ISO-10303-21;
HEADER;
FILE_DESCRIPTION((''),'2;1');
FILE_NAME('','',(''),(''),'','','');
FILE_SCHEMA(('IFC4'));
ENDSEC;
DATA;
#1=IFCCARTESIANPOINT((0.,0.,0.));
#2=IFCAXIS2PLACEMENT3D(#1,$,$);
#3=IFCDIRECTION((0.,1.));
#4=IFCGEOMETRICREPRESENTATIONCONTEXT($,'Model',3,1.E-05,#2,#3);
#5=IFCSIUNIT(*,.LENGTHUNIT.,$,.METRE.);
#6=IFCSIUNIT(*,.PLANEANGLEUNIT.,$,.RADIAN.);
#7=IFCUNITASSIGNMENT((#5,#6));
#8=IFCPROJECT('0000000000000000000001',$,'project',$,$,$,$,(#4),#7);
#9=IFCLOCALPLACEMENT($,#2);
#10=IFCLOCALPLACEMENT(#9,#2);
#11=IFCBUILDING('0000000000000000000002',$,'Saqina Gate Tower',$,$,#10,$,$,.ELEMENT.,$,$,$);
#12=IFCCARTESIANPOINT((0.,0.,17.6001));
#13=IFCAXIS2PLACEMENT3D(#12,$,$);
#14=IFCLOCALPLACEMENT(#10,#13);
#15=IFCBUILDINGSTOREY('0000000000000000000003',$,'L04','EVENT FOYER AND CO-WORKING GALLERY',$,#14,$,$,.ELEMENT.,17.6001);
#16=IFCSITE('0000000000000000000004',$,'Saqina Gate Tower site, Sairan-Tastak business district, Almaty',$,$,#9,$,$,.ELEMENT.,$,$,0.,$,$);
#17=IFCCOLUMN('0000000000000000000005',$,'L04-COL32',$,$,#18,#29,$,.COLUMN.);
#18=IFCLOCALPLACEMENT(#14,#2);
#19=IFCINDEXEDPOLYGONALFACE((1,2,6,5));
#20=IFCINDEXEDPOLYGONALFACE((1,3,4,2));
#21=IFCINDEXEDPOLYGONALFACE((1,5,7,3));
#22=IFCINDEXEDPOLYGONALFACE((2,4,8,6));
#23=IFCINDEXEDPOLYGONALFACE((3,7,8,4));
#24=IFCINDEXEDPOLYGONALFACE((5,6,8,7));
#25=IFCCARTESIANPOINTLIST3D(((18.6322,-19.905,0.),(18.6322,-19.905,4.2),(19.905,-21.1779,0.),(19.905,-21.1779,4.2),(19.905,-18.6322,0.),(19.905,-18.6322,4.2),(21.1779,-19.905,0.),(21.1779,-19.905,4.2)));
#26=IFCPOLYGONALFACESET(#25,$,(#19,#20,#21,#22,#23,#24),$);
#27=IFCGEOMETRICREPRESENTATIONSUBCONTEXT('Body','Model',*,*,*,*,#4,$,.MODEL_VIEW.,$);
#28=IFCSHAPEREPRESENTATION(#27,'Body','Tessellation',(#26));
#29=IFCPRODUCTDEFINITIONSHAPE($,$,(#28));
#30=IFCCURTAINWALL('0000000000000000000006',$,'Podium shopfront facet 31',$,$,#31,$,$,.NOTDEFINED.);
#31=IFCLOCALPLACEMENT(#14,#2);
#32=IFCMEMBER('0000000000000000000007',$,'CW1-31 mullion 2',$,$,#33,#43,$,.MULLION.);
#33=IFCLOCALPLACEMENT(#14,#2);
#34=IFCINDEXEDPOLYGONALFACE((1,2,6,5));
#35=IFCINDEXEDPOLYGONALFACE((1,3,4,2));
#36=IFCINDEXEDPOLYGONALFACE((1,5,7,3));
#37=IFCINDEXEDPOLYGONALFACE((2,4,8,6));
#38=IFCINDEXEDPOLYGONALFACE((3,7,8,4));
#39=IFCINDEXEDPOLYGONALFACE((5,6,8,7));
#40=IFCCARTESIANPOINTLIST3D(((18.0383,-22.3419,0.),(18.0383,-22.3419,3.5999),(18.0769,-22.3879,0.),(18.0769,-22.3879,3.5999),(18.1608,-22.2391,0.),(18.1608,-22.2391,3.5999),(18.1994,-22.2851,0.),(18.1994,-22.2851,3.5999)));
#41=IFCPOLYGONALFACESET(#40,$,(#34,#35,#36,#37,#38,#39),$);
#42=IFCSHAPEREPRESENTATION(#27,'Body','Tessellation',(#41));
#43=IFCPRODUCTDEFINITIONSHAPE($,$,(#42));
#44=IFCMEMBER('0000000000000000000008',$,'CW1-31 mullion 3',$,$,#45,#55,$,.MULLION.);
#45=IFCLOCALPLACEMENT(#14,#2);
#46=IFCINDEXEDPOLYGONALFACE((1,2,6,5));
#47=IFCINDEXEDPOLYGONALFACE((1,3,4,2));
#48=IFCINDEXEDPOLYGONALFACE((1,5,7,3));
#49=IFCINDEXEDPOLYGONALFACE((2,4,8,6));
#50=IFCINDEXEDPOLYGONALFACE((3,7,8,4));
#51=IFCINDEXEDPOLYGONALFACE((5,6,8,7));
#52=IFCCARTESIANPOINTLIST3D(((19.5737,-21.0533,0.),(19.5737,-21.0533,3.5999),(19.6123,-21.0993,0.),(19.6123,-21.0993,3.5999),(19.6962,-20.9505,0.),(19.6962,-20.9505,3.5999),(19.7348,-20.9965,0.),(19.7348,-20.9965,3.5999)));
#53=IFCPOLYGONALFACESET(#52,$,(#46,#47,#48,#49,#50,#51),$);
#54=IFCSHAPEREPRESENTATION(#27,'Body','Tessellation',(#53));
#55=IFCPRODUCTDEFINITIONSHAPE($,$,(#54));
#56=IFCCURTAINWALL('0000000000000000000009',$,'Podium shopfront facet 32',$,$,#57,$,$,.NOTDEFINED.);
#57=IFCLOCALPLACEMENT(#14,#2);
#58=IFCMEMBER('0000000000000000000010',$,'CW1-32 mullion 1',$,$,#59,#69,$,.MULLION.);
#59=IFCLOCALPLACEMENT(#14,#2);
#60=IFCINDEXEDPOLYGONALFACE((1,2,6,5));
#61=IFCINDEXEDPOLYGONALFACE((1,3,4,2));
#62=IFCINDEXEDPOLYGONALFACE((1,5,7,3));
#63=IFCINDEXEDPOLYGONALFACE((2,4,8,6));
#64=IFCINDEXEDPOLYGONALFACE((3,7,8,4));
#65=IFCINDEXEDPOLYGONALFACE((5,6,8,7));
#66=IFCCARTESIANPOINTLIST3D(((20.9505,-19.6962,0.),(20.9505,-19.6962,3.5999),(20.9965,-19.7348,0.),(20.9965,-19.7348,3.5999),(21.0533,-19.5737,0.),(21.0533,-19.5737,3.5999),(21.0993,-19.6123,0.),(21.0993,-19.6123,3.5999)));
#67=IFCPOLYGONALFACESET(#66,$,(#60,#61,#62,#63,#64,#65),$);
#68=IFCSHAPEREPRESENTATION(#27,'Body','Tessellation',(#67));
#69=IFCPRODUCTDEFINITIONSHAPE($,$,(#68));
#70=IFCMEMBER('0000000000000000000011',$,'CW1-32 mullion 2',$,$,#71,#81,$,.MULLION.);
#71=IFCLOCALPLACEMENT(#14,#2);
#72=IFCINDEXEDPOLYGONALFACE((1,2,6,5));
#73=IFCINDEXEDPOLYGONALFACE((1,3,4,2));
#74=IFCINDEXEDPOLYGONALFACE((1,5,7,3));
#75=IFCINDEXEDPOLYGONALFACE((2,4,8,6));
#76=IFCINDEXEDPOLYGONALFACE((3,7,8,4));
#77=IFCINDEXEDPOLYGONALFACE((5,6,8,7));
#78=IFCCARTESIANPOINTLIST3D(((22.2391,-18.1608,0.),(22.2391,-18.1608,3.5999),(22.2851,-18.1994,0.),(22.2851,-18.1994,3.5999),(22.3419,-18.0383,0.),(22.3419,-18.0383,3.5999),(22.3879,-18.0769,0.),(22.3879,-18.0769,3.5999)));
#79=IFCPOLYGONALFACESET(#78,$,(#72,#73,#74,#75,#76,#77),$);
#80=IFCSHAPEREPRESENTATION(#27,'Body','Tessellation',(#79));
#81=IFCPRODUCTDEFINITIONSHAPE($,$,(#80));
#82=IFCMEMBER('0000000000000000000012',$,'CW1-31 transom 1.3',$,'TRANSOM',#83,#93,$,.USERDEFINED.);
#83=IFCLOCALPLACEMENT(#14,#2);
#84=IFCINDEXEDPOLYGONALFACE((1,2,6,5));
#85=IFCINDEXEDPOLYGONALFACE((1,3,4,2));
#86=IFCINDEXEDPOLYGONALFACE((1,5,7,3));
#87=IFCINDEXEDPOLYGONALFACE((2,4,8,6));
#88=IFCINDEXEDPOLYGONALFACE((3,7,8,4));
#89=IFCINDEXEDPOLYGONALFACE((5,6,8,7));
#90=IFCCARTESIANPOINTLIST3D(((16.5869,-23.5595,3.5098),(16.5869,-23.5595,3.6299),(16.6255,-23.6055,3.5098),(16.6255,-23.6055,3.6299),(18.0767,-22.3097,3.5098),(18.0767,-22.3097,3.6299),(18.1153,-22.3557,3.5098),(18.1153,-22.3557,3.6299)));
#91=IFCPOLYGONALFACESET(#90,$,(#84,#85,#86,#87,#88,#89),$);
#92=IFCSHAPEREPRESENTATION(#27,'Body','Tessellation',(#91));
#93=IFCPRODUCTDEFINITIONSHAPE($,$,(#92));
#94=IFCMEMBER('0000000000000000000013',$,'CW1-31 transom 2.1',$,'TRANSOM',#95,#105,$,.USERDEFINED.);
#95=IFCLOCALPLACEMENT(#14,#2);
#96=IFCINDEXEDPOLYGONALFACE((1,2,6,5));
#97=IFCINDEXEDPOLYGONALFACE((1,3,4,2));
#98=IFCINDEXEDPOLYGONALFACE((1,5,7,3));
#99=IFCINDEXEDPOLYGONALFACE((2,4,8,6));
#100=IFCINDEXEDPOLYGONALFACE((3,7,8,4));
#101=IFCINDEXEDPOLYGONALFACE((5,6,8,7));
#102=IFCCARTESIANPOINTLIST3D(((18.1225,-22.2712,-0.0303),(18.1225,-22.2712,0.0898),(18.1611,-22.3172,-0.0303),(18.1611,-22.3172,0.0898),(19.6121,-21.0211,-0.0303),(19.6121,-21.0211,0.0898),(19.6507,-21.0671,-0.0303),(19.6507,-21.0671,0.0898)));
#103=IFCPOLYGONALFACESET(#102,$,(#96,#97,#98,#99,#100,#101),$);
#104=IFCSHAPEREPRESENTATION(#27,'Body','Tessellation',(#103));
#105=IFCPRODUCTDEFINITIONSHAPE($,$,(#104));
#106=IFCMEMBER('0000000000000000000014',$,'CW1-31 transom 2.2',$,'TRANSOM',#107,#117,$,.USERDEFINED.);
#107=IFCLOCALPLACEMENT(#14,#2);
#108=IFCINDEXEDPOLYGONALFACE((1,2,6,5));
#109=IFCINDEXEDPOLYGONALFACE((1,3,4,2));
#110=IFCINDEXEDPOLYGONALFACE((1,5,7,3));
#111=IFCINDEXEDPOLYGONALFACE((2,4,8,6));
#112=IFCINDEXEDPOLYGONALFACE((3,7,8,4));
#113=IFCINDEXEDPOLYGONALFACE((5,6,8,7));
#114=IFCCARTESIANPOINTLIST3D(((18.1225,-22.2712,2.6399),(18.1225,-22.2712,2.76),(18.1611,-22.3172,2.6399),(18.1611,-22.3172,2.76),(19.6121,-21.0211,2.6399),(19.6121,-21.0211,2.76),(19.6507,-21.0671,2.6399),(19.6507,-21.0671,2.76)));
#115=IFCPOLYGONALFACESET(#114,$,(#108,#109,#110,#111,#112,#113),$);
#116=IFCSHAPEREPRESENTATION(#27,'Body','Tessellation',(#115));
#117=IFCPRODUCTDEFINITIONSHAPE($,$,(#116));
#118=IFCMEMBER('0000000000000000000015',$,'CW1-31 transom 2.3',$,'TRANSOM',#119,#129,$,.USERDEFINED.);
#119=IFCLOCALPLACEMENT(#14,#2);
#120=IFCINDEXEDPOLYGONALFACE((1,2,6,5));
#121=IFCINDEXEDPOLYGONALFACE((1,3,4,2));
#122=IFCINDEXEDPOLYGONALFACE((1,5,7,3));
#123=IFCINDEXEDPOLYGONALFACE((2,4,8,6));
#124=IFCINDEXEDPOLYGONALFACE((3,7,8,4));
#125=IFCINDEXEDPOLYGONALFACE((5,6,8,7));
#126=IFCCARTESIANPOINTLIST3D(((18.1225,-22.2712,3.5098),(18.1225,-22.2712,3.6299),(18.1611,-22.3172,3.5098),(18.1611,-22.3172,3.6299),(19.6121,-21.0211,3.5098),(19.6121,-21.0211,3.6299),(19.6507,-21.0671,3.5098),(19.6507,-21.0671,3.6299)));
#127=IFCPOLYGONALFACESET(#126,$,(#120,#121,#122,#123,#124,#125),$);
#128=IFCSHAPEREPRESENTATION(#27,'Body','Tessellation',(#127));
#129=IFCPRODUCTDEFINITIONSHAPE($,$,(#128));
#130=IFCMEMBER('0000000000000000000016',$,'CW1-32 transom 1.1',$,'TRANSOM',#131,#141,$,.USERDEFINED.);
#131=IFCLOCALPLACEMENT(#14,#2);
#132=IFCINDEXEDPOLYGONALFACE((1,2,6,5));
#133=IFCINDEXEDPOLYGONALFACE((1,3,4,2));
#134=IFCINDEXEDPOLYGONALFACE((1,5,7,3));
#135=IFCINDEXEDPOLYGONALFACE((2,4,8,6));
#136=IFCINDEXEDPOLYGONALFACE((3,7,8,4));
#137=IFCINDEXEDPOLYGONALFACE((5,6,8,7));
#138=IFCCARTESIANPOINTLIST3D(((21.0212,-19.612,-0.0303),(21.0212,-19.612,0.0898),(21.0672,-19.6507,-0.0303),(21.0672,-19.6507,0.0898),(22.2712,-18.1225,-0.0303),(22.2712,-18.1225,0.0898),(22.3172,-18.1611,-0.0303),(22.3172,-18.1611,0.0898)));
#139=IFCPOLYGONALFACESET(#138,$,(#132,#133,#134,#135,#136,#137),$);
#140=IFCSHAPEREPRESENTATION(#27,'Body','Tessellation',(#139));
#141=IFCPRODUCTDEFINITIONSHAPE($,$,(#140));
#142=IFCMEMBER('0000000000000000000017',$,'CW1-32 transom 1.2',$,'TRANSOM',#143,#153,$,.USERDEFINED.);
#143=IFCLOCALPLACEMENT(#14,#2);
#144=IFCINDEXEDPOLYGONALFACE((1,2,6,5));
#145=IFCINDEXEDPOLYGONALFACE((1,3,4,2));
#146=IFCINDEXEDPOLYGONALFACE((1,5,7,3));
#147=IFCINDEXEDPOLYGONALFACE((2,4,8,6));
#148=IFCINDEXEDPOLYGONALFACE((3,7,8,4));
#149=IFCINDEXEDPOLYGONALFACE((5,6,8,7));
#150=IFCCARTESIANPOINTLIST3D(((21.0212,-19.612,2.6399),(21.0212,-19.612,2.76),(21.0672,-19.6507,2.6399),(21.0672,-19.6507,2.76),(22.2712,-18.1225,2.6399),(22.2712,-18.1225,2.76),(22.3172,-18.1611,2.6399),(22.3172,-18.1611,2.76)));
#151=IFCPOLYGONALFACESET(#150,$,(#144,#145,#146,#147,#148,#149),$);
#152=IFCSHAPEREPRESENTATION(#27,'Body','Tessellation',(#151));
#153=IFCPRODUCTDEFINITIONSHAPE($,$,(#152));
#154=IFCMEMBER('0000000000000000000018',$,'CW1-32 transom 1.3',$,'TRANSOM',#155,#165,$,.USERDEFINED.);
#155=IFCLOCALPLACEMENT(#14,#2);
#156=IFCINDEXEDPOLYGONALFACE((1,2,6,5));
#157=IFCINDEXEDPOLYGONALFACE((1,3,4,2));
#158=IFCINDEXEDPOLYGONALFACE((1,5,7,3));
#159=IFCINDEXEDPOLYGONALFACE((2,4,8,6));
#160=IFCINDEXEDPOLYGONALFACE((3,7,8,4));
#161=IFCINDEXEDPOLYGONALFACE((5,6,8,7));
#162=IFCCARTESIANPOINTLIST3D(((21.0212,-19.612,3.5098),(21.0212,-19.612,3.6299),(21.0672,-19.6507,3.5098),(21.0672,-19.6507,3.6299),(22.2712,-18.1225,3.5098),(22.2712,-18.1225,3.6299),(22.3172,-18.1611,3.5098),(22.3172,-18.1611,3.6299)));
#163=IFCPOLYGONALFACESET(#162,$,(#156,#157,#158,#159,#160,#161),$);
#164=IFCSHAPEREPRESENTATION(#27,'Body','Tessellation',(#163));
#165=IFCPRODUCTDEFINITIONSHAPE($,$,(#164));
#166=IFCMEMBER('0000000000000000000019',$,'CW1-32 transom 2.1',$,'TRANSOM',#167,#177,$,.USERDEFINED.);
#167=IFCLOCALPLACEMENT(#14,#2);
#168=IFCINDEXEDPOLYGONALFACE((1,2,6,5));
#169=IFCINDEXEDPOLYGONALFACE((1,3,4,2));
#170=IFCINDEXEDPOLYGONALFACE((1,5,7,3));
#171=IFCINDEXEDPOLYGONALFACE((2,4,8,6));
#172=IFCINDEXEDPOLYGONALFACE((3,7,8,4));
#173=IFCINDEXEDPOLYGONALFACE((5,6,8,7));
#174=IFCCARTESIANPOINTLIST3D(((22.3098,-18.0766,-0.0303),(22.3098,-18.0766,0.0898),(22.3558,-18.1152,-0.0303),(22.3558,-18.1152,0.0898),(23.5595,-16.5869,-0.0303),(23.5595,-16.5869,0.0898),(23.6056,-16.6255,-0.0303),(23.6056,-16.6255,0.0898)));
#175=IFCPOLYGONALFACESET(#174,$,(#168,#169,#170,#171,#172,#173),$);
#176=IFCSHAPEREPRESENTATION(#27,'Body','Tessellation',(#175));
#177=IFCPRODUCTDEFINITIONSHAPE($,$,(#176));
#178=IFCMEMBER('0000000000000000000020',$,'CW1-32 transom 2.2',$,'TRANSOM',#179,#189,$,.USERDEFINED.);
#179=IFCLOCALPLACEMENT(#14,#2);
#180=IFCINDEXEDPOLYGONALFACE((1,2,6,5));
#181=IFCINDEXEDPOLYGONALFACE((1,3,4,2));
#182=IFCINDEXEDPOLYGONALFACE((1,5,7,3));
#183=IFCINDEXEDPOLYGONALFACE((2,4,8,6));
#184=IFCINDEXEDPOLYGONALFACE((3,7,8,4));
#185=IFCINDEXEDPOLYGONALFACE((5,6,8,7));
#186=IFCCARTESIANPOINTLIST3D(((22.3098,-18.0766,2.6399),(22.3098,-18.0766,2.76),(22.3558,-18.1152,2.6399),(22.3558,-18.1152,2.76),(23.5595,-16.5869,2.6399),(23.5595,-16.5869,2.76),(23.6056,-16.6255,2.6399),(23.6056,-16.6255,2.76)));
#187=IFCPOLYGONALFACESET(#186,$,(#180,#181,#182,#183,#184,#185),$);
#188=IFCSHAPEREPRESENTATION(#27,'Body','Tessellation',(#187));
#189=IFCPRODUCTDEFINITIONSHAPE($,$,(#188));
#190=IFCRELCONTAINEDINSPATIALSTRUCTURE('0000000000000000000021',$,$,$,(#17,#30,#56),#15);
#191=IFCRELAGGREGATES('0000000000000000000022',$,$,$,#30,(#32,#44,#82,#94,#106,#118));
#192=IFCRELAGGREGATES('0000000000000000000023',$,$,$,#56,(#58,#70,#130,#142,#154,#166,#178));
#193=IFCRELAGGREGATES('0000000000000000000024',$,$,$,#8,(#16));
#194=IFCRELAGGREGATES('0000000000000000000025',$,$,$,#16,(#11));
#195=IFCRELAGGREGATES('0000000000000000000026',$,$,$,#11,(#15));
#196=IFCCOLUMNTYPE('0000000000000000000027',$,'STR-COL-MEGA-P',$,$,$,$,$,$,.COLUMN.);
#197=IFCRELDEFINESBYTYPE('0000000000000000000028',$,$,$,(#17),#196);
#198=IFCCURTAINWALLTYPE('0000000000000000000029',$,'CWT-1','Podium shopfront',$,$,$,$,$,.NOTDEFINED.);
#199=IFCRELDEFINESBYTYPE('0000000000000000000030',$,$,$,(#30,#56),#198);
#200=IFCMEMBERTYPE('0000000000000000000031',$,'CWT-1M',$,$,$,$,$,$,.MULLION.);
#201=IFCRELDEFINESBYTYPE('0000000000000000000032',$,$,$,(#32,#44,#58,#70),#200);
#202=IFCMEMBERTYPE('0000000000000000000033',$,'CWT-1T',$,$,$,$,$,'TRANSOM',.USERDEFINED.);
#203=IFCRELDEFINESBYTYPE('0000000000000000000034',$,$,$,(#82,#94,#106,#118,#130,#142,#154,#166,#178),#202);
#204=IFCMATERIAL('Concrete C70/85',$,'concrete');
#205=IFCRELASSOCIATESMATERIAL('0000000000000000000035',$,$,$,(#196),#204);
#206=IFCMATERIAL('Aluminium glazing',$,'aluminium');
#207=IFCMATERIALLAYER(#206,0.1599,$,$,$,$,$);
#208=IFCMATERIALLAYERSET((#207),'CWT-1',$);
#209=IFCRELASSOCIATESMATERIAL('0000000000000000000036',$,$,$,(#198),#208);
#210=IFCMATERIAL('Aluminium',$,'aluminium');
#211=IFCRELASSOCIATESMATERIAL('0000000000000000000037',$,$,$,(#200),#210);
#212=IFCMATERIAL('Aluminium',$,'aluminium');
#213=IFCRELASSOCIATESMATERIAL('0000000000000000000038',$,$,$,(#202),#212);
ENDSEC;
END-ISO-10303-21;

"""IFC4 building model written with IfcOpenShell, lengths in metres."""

from ifc_helpers import new_model, si_unit, direction, frame, origin, origin_2d, place, context, subcontext, project, spatial, rectangle, extrude, material, layer, layer_set, material_profile, profile_set, type_object, element, aggregate, save


model = new_model("IFC4")

# Units and contexts
model_context = context("Model", 3, precision=1e-05, world=origin(), true_north=direction((0.0, 1.0)))
body_context = subcontext(model_context, "Body", "Model", "MODEL_VIEW")
ifc_project = project(units=[si_unit("LENGTHUNIT", "METRE"), si_unit("PLANEANGLEUNIT", "RADIAN")], contexts=[model_context])

# Site, building, storey
site_placement = place(None, origin())
site = spatial("IfcSite", under=ifc_project, at=site_placement, Name="Saqina Gate Tower site, Sairan-Tastak business district, Almaty", CompositionType="ELEMENT", RefElevation=0.0)
building_placement = place(site_placement, origin())
building = spatial("IfcBuilding", under=site, at=building_placement, Name="Saqina Gate Tower", CompositionType="ELEMENT")
storey_placement = place(building_placement, frame((0.0, 0.0, 17.6001)))
storey = spatial("IfcBuildingStorey", under=building, at=storey_placement, Name="L04", Description="EVENT FOYER AND CO-WORKING GALLERY", CompositionType="ELEMENT", Elevation=17.6001)

# Column
ifc_material_1 = material(Name="Concrete C70/85", Category="concrete")
ifc_material_profile_1 = material_profile(ifc_material_1, rectangle(XDim=1.8, YDim=1.8, at=origin_2d()), Name="RC 1800x1800")
ifc_profile_set_1 = profile_set([ifc_material_profile_1], Name="Concrete C70/85")
column_type = type_object("IfcColumnType", Name="STR-COL-MEGA-P", PredefinedType="COLUMN", material=ifc_profile_set_1)
column_placement = place(storey_placement, frame((19.905, -19.905, 0.0), z_axis=(0.0, 0.0, 1.0), x_axis=(0.707107, -0.707107, 0.0)))
element("IfcColumn", 1, at=column_placement, inside=storey, type_object=column_type, Name="L04-COL32", PredefinedType="COLUMN", context=body_context, shape_type="SweptSolid", body=[
    extrude(rectangle(XDim=1.8, YDim=1.8, at=origin_2d()), origin(), (0.0, 0.0, 1.0), 4.2),
])

# Curtain walls, members
ifc_material_2 = material(Name="Aluminium glazing", Category="aluminium")
ifc_layer_1 = layer(ifc_material_2, 0.1599)
ifc_layer_set_1 = layer_set([ifc_layer_1], Name="CWT-1")
curtain_wall_type = type_object("IfcCurtainWallType", Name="CWT-1", Description="Podium shopfront", PredefinedType="NOTDEFINED", material=ifc_layer_set_1)
curtain_wall_1_placement = place(storey_placement, origin())
curtain_wall_1 = element("IfcCurtainWall", 2, at=curtain_wall_1_placement, inside=storey, type_object=curtain_wall_type, Name="Podium shopfront facet 31", PredefinedType="NOTDEFINED")
ifc_material_3 = material(Name="Aluminium", Category="aluminium")
ifc_material_profile_2 = material_profile(ifc_material_3, rectangle(XDim=0.0601, YDim=0.1599, at=origin_2d()), Name="Aluminium 60x160")
ifc_profile_set_2 = profile_set([ifc_material_profile_2], Name="Aluminium")
member_type_1 = type_object("IfcMemberType", Name="CWT-1M", PredefinedType="MULLION", material=ifc_profile_set_2)
member_1_placement = place(storey_placement, frame((18.1189, -22.3135, 0.0), z_axis=(0.0, 0.0, 1.0), x_axis=(-0.642779, 0.766051, 0.0)))
member_1 = element("IfcMember", 3, at=member_1_placement, type_object=member_type_1, Name="CW1-31 mullion 2", PredefinedType="MULLION", context=body_context, shape_type="SweptSolid", body=[
    extrude(rectangle(XDim=0.0601, YDim=0.1599, at=origin_2d()), origin(), (0.0, 0.0, 1.0), 3.5999),
])
member_2_placement = place(storey_placement, frame((19.6543, -21.0249, 0.0), z_axis=(0.0, 0.0, 1.0), x_axis=(-0.642779, 0.766051, 0.0)))
member_2 = element("IfcMember", 4, at=member_2_placement, type_object=member_type_1, Name="CW1-31 mullion 3", PredefinedType="MULLION", context=body_context, shape_type="SweptSolid", body=[
    extrude(rectangle(XDim=0.0601, YDim=0.1599, at=origin_2d()), origin(), (0.0, 0.0, 1.0), 3.5999),
])
curtain_wall_2_placement = place(storey_placement, origin())
curtain_wall_2 = element("IfcCurtainWall", 5, at=curtain_wall_2_placement, inside=storey, type_object=curtain_wall_type, Name="Podium shopfront facet 32", PredefinedType="NOTDEFINED")
member_3_placement = place(storey_placement, frame((21.0249, -19.6543, 0.0), z_axis=(0.0, 0.0, 1.0), x_axis=(-0.766051, 0.642779, 0.0)))
member_3 = element("IfcMember", 6, at=member_3_placement, type_object=member_type_1, Name="CW1-32 mullion 1", PredefinedType="MULLION", context=body_context, shape_type="SweptSolid", body=[
    extrude(rectangle(XDim=0.0601, YDim=0.1599, at=origin_2d()), origin(), (0.0, 0.0, 1.0), 3.5999),
])
member_4_placement = place(storey_placement, frame((22.3135, -18.1189, 0.0), z_axis=(0.0, 0.0, 1.0), x_axis=(-0.766051, 0.642779, 0.0)))
member_4 = element("IfcMember", 7, at=member_4_placement, type_object=member_type_1, Name="CW1-32 mullion 2", PredefinedType="MULLION", context=body_context, shape_type="SweptSolid", body=[
    extrude(rectangle(XDim=0.0601, YDim=0.1599, at=origin_2d()), origin(), (0.0, 0.0, 1.0), 3.5999),
])

# Members
ifc_material_4 = material(Name="Aluminium", Category="aluminium")
ifc_material_profile_3 = material_profile(ifc_material_4, rectangle(XDim=0.0601, YDim=0.1201, at=origin_2d()), Name="Aluminium 60x120")
ifc_profile_set_3 = profile_set([ifc_material_profile_3], Name="Aluminium")
member_type_2 = type_object("IfcMemberType", Name="CWT-1T", ElementType="TRANSOM", PredefinedType="USERDEFINED", material=ifc_profile_set_3)
member_5_placement = place(storey_placement, frame((16.6062, -23.5825, 3.5698), z_axis=(0.766118, 0.6427, 0.0), x_axis=(-0.6427, 0.766118, 0.0)))
member_5 = element("IfcMember", 8, at=member_5_placement, type_object=member_type_2, Name="CW1-31 transom 1.3", ObjectType="TRANSOM", PredefinedType="USERDEFINED", context=body_context, shape_type="SweptSolid", body=[
    extrude(rectangle(XDim=0.0601, YDim=0.1201, at=origin_2d()), origin(), (0.0, 0.0, 1.0), 1.9446),
])
member_6_placement = place(storey_placement, frame((18.1418, -22.2942, 0.0298), z_axis=(0.766004, 0.642836, 0.0), x_axis=(-0.642836, 0.766004, 0.0)))
member_6 = element("IfcMember", 9, at=member_6_placement, type_object=member_type_2, Name="CW1-31 transom 2.1", ObjectType="TRANSOM", PredefinedType="USERDEFINED", context=body_context, shape_type="SweptSolid", body=[
    extrude(rectangle(XDim=0.0601, YDim=0.1201, at=origin_2d()), origin(), (0.0, 0.0, 1.0), 1.9446),
])
member_7_placement = place(storey_placement, frame((18.1418, -22.2942, 2.7), z_axis=(0.766004, 0.642836, 0.0), x_axis=(-0.642836, 0.766004, 0.0)))
member_7 = element("IfcMember", 10, at=member_7_placement, type_object=member_type_2, Name="CW1-31 transom 2.2", ObjectType="TRANSOM", PredefinedType="USERDEFINED", context=body_context, shape_type="SweptSolid", body=[
    extrude(rectangle(XDim=0.0601, YDim=0.1201, at=origin_2d()), origin(), (0.0, 0.0, 1.0), 1.9446),
])
member_8_placement = place(storey_placement, frame((18.1418, -22.2942, 3.5698), z_axis=(0.766004, 0.642836, 0.0), x_axis=(-0.642836, 0.766004, 0.0)))
member_8 = element("IfcMember", 11, at=member_8_placement, type_object=member_type_2, Name="CW1-31 transom 2.3", ObjectType="TRANSOM", PredefinedType="USERDEFINED", context=body_context, shape_type="SweptSolid", body=[
    extrude(rectangle(XDim=0.0601, YDim=0.1201, at=origin_2d()), origin(), (0.0, 0.0, 1.0), 1.9446),
])
member_9_placement = place(storey_placement, frame((21.0442, -19.6313, 0.0298), z_axis=(0.642836, 0.766004, 0.0), x_axis=(-0.766004, 0.642836, 0.0)))
member_9 = element("IfcMember", 12, at=member_9_placement, type_object=member_type_2, Name="CW1-32 transom 1.1", ObjectType="TRANSOM", PredefinedType="USERDEFINED", context=body_context, shape_type="SweptSolid", body=[
    extrude(rectangle(XDim=0.0601, YDim=0.1201, at=origin_2d()), origin(), (0.0, 0.0, 1.0), 1.9446),
])
member_10_placement = place(storey_placement, frame((21.0442, -19.6313, 2.7), z_axis=(0.642836, 0.766004, 0.0), x_axis=(-0.766004, 0.642836, 0.0)))
member_10 = element("IfcMember", 13, at=member_10_placement, type_object=member_type_2, Name="CW1-32 transom 1.2", ObjectType="TRANSOM", PredefinedType="USERDEFINED", context=body_context, shape_type="SweptSolid", body=[
    extrude(rectangle(XDim=0.0601, YDim=0.1201, at=origin_2d()), origin(), (0.0, 0.0, 1.0), 1.9446),
])
member_11_placement = place(storey_placement, frame((21.0442, -19.6313, 3.5698), z_axis=(0.642836, 0.766004, 0.0), x_axis=(-0.766004, 0.642836, 0.0)))
member_11 = element("IfcMember", 14, at=member_11_placement, type_object=member_type_2, Name="CW1-32 transom 1.3", ObjectType="TRANSOM", PredefinedType="USERDEFINED", context=body_context, shape_type="SweptSolid", body=[
    extrude(rectangle(XDim=0.0601, YDim=0.1201, at=origin_2d()), origin(), (0.0, 0.0, 1.0), 1.9446),
])
member_12_placement = place(storey_placement, frame((22.3328, -18.0959, 0.0298), z_axis=(0.6427, 0.766118, 0.0), x_axis=(-0.766118, 0.6427, 0.0)))
member_12 = element("IfcMember", 15, at=member_12_placement, type_object=member_type_2, Name="CW1-32 transom 2.1", ObjectType="TRANSOM", PredefinedType="USERDEFINED", context=body_context, shape_type="SweptSolid", body=[
    extrude(rectangle(XDim=0.0601, YDim=0.1201, at=origin_2d()), origin(), (0.0, 0.0, 1.0), 1.9446),
])
member_13_placement = place(storey_placement, frame((22.3328, -18.0959, 2.7), z_axis=(0.6427, 0.766118, 0.0), x_axis=(-0.766118, 0.6427, 0.0)))
member_13 = element("IfcMember", 16, at=member_13_placement, type_object=member_type_2, Name="CW1-32 transom 2.2", ObjectType="TRANSOM", PredefinedType="USERDEFINED", context=body_context, shape_type="SweptSolid", body=[
    extrude(rectangle(XDim=0.0601, YDim=0.1201, at=origin_2d()), origin(), (0.0, 0.0, 1.0), 1.9446),
])

aggregate(curtain_wall_1, [member_1, member_2, member_5, member_6, member_7, member_8])
aggregate(curtain_wall_2, [member_3, member_4, member_9, member_10, member_11, member_12, member_13])

save(model, "model.ifc")
